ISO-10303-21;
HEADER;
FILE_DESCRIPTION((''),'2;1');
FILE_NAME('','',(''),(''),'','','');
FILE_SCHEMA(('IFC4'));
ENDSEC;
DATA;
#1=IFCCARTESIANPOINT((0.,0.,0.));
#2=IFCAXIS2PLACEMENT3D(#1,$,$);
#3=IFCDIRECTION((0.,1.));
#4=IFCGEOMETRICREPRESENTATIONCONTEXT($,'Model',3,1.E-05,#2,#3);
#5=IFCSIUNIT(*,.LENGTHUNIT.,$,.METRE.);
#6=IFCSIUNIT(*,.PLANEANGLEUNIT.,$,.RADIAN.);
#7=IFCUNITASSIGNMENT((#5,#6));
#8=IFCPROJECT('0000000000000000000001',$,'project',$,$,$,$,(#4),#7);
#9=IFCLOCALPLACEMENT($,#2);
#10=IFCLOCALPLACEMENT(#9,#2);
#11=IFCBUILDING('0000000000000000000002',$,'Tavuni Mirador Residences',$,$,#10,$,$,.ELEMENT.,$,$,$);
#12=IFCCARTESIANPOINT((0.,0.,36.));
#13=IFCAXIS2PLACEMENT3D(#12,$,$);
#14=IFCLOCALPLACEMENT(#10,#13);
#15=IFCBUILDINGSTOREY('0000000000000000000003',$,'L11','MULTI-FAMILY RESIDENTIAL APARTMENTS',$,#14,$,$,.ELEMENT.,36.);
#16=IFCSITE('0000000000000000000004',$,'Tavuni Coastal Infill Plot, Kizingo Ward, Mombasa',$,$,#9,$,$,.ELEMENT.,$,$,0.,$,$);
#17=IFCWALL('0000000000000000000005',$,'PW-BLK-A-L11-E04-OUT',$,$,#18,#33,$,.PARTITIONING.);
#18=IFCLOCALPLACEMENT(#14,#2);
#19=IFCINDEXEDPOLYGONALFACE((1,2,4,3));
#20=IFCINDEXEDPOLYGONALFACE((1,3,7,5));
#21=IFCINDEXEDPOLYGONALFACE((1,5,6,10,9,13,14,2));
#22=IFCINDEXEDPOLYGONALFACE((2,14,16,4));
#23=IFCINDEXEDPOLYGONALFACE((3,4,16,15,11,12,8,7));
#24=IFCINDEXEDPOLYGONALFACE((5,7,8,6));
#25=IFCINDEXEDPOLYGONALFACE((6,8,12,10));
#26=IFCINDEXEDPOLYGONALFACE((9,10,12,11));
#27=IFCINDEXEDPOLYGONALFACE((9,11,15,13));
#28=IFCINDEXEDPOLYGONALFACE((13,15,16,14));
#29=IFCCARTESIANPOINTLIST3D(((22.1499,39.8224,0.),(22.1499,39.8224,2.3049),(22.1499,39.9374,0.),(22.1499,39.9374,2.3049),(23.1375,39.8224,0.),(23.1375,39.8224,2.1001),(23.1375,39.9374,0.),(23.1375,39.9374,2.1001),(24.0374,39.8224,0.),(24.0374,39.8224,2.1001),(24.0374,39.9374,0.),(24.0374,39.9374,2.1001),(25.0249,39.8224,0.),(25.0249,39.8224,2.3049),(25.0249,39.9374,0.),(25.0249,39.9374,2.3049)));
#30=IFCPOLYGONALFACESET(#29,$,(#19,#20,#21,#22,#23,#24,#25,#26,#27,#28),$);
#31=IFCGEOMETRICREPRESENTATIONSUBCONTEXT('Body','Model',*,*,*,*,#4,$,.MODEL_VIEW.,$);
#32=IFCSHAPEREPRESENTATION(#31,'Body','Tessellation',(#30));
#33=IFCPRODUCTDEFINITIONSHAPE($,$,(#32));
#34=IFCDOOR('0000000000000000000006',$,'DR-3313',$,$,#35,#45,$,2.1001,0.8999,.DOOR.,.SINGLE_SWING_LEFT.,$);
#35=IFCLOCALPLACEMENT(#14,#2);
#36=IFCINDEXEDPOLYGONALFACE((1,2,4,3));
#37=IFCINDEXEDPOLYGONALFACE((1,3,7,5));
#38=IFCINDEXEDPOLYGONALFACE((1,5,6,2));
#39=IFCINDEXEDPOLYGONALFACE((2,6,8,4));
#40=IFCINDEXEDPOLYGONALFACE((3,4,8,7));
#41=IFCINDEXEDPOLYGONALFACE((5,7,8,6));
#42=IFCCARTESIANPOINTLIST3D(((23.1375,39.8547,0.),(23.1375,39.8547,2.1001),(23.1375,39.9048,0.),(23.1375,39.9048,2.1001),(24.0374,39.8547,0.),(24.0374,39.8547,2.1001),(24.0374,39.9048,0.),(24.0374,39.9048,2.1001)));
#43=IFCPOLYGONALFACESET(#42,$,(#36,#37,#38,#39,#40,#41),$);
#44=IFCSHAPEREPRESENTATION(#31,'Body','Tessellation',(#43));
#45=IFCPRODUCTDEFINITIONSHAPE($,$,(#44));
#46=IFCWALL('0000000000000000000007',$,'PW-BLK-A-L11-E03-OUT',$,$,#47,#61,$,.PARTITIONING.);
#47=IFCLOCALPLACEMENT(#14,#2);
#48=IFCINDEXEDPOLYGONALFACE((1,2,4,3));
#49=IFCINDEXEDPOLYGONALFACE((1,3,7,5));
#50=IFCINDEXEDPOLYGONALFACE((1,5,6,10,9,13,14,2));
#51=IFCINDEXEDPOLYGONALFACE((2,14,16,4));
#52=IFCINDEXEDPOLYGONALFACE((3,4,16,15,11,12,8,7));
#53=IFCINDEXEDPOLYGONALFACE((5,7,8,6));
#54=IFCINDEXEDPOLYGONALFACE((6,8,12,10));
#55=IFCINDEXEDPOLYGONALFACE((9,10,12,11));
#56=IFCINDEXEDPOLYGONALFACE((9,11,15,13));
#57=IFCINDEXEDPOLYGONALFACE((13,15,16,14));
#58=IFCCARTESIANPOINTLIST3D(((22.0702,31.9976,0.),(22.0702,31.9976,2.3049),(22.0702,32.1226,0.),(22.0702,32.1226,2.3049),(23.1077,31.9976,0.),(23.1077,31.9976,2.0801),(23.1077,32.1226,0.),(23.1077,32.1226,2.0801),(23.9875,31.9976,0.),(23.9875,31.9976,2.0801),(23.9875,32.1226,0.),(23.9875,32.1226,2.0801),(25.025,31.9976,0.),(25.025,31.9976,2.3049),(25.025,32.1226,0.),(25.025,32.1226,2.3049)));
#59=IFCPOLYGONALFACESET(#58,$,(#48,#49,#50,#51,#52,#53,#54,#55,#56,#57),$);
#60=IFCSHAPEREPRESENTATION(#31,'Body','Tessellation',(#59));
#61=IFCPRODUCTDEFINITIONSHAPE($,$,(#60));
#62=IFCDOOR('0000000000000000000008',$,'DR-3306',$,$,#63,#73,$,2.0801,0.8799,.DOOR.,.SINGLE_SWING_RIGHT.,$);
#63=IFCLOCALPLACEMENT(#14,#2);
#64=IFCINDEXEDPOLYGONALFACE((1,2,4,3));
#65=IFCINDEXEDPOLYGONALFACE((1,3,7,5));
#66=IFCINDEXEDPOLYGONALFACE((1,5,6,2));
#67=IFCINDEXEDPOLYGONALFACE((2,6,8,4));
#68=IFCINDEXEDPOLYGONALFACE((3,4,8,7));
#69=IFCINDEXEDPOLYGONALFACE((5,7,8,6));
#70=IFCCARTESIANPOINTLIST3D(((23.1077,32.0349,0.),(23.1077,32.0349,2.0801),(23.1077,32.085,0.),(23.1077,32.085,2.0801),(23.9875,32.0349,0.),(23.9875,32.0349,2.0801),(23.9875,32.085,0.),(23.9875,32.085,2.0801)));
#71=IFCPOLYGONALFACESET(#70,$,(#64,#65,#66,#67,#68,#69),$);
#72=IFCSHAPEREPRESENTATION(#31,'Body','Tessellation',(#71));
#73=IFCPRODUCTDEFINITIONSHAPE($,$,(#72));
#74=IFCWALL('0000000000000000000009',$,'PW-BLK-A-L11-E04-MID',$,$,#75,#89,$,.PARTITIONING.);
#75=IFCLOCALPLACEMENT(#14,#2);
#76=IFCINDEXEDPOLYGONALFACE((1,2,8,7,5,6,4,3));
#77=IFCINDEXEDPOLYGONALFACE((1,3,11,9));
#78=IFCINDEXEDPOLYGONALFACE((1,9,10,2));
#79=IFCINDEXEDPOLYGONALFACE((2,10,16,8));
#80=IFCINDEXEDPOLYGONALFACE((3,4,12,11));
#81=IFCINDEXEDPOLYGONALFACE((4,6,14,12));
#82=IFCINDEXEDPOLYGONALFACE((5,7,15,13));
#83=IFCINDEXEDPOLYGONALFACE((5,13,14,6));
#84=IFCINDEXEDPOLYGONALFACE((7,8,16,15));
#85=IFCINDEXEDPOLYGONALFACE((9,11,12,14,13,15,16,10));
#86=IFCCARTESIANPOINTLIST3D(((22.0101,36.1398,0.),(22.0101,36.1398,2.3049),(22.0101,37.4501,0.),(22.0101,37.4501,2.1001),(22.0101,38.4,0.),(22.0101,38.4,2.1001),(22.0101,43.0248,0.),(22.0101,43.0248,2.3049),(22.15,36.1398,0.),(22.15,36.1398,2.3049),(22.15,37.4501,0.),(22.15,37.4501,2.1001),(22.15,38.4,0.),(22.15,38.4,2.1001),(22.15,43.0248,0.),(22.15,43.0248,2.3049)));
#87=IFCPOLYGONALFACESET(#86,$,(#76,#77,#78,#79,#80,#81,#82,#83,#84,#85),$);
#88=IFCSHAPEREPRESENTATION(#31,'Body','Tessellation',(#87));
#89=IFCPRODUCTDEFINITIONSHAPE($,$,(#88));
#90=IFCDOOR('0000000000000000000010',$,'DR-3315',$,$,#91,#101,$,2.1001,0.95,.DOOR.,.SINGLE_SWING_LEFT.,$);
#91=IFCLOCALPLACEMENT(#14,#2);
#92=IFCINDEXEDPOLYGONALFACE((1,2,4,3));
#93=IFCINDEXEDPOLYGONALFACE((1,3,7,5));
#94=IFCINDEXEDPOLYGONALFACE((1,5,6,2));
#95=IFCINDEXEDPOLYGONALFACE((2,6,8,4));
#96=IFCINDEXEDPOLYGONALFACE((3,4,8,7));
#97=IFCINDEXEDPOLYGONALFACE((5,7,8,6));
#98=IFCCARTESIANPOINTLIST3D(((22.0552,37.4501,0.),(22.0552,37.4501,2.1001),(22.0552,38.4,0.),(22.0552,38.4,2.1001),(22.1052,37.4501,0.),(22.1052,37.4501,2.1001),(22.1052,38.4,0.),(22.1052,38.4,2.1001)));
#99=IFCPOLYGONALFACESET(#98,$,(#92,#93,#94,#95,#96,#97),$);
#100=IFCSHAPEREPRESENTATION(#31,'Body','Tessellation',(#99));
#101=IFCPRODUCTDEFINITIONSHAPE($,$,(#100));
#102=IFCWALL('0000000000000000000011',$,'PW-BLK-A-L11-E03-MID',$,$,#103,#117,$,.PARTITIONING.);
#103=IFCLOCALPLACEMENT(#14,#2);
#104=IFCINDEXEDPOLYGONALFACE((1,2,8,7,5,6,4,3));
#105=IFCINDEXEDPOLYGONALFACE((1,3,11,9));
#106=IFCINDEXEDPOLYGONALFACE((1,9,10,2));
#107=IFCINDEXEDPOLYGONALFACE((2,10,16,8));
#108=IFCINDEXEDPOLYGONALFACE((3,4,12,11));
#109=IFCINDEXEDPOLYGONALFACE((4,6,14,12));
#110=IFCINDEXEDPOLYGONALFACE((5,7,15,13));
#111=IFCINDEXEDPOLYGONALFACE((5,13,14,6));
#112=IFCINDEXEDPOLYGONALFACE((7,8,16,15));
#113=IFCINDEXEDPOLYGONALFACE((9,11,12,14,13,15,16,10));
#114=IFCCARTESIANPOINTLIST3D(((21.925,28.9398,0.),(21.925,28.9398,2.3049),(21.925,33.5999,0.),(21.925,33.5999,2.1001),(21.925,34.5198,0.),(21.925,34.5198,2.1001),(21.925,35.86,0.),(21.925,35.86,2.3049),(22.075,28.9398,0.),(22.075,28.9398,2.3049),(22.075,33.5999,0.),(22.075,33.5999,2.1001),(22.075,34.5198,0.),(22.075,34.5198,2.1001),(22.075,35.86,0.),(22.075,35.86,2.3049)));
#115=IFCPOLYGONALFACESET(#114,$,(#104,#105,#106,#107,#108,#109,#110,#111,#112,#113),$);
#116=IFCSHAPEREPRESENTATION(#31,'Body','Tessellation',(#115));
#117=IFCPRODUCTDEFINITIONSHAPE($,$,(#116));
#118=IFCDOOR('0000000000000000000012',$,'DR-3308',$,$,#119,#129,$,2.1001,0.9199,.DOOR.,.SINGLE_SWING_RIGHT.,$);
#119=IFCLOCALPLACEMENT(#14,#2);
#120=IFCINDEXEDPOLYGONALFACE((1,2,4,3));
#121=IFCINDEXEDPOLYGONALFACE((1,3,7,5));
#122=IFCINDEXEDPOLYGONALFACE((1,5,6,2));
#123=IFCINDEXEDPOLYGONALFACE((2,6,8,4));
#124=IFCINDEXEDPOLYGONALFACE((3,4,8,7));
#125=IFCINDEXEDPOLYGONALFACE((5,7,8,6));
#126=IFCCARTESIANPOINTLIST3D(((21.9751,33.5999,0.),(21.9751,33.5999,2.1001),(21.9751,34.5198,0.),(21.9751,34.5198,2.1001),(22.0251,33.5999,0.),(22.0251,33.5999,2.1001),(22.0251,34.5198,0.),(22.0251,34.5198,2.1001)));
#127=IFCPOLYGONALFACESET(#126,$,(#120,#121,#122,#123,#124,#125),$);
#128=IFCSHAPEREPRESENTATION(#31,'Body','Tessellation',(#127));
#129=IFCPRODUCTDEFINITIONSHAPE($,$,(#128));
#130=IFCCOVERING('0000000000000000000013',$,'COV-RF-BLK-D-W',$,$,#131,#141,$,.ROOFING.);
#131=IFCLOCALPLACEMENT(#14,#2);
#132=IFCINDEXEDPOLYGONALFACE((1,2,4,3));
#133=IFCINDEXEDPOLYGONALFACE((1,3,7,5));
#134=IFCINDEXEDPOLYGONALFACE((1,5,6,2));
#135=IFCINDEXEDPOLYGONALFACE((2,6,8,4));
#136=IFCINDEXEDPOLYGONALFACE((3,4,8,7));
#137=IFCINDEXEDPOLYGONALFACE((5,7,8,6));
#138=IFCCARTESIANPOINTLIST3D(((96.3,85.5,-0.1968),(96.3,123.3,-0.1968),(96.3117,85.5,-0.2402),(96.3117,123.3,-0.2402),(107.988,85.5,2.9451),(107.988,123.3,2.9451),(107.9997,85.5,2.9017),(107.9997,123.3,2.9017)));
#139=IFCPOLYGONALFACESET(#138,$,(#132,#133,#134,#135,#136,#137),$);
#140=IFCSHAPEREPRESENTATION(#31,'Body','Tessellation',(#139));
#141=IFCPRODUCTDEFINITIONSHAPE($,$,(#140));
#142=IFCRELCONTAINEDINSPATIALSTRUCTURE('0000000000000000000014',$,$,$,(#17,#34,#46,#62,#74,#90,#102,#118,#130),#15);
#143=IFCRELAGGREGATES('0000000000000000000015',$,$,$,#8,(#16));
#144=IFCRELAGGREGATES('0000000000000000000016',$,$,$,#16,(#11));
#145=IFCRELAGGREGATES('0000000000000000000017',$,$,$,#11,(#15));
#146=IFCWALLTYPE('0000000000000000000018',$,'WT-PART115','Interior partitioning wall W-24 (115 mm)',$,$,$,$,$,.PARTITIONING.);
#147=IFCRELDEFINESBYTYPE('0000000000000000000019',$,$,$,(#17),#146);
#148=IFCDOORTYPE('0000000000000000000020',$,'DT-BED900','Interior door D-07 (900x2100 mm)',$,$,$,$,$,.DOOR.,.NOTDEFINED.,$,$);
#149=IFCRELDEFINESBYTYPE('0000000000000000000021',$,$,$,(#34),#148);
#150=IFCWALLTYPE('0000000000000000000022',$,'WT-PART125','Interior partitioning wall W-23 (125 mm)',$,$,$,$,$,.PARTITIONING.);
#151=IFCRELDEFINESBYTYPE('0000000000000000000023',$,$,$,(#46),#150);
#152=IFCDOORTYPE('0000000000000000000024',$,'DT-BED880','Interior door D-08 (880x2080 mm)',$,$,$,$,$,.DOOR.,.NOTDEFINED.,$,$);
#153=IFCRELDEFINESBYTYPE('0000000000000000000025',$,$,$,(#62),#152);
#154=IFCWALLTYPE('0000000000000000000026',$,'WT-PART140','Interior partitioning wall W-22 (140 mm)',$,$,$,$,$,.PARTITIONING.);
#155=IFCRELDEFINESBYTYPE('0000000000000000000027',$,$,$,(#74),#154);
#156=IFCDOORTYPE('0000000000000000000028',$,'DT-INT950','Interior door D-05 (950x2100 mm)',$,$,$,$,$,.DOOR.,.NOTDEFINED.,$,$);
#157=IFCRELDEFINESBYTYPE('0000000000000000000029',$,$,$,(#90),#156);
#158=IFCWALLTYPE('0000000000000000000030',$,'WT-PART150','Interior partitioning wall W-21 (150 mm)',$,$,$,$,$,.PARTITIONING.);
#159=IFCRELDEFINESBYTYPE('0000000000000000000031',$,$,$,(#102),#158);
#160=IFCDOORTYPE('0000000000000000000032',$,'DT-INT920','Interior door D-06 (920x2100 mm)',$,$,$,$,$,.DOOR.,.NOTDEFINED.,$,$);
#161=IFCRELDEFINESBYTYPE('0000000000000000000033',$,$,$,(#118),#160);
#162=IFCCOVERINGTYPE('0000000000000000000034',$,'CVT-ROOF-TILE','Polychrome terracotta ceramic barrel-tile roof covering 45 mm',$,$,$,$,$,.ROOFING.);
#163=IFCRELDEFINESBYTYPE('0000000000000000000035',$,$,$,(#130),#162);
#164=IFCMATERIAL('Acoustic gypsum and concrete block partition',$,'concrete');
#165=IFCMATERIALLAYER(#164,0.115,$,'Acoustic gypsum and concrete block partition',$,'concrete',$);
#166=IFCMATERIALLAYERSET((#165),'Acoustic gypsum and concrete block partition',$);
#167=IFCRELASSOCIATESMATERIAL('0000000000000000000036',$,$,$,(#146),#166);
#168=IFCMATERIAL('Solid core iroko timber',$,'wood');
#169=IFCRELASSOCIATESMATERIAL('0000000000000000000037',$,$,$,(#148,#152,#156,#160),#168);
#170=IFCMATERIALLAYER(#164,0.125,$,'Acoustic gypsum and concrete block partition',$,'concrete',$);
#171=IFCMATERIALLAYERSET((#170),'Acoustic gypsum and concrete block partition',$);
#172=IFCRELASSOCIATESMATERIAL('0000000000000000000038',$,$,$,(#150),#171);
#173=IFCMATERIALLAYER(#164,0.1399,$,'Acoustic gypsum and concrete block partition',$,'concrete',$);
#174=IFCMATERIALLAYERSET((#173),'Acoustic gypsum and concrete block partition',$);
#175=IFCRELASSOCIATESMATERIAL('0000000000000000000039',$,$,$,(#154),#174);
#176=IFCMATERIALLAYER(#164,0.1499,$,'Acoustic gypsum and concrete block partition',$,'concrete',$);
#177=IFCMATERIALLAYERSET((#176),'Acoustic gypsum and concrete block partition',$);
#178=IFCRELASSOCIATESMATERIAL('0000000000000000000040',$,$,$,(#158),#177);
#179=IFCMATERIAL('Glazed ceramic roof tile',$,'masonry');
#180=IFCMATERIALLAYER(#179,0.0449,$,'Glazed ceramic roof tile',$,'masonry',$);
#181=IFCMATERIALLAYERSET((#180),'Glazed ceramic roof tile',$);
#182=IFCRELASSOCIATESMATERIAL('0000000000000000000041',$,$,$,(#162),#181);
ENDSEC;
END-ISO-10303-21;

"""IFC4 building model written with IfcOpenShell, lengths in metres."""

from ifc_helpers import new_model, si_unit, direction, frame, frame_2d, origin, place, context, subcontext, project, spatial, polyline, rectangle, outline, extrude, material, layer, layer_set, type_object, element, fill, save


model = new_model("IFC4")

# Units and contexts
model_context = context("Model", 3, precision=1e-05, world=origin(), true_north=direction((0.0, 1.0)))
body_context = subcontext(model_context, "Body", "Model", "MODEL_VIEW")
ifc_project = project(units=[si_unit("LENGTHUNIT", "METRE"), si_unit("PLANEANGLEUNIT", "RADIAN")], contexts=[model_context])

# Site, building, storey
site_placement = place(None, origin())
site = spatial("IfcSite", under=ifc_project, at=site_placement, Name="Tavuni Coastal Infill Plot, Kizingo Ward, Mombasa", CompositionType="ELEMENT", RefElevation=0.0)
building_placement = place(site_placement, origin())
building = spatial("IfcBuilding", under=site, at=building_placement, Name="Tavuni Mirador Residences", CompositionType="ELEMENT")
storey_placement = place(building_placement, frame((0.0, 0.0, 36.0)))
storey = spatial("IfcBuildingStorey", under=building, at=storey_placement, Name="L11", Description="MULTI-FAMILY RESIDENTIAL APARTMENTS", CompositionType="ELEMENT", Elevation=36.0)

# Walls, openings, doors
ifc_material_1 = material(Name="Acoustic gypsum and concrete block partition", Category="concrete")
ifc_material_2 = material(Name="Solid core iroko timber", Category="wood")
ifc_layer_1 = layer(ifc_material_1, 0.115, Name="Acoustic gypsum and concrete block partition", Category="concrete")
ifc_layer_set_1 = layer_set([ifc_layer_1], Name="Acoustic gypsum and concrete block partition")
wall_type_1 = type_object("IfcWallType", Name="WT-PART115", Description="Interior partitioning wall W-24 (115 mm)", PredefinedType="PARTITIONING", material=ifc_layer_set_1)
wall_1_placement = place(storey_placement, frame((22.1499, 39.8799, 0.0), z_axis=(0.0, 0.0, 1.0), x_axis=(1.0, 0.0, 0.0)))
wall_1 = element("IfcWall", 1, at=wall_1_placement, inside=storey, type_object=wall_type_1, Name="PW-BLK-A-L11-E04-OUT", PredefinedType="PARTITIONING", context=body_context, shape_type="SweptSolid", body=[
    extrude(rectangle(XDim=2.875, YDim=0.115, at=frame_2d((1.4375, 0.0))), origin(), (0.0, 0.0, 1.0), 2.3049),
])
opening_1_placement = place(wall_1_placement, frame((0.9875, 0.0, 0.0)))
opening_1 = element("IfcOpeningElement", 2, at=opening_1_placement, cuts=wall_1, PredefinedType="OPENING", context=body_context, shape_type="SweptSolid", body=[
    extrude(rectangle(XDim=0.8999, YDim=2.1001, at=frame_2d((0.45, 1.05))), frame((0.0, 0.0674, 0.0), z_axis=(0.0, -1.0, 0.0), x_axis=(1.0, 0.0, 0.0)), (0.0, 0.0, 1.0), 0.135),
])
door_type_1 = type_object("IfcDoorType", Name="DT-BED900", Description="Interior door D-07 (900x2100 mm)", OperationType="NOTDEFINED", PredefinedType="DOOR", material=ifc_material_2)
door_1_placement = place(opening_1_placement, origin())
door_1 = element("IfcDoor", 3, at=door_1_placement, inside=storey, type_object=door_type_1, Name="DR-3313", OperationType="SINGLE_SWING_LEFT", OverallHeight=2.1001, OverallWidth=0.8999, PredefinedType="DOOR", context=body_context, shape_type="SweptSolid", body=[
    extrude(rectangle(XDim=0.8999, YDim=2.1001, at=frame_2d((0.45, 1.05))), frame((0.0, 0.0249, 0.0), z_axis=(0.0, -1.0, 0.0), x_axis=(1.0, 0.0, 0.0)), (0.0, 0.0, 1.0), 0.05),
])
fill(opening_1, door_1)
ifc_layer_2 = layer(ifc_material_1, 0.125, Name="Acoustic gypsum and concrete block partition", Category="concrete")
ifc_layer_set_2 = layer_set([ifc_layer_2], Name="Acoustic gypsum and concrete block partition")
wall_type_2 = type_object("IfcWallType", Name="WT-PART125", Description="Interior partitioning wall W-23 (125 mm)", PredefinedType="PARTITIONING", material=ifc_layer_set_2)
wall_2_placement = place(storey_placement, frame((22.0701, 32.0601, 0.0), z_axis=(0.0, 0.0, 1.0), x_axis=(1.0, 0.0, 0.0)))
wall_2 = element("IfcWall", 4, at=wall_2_placement, inside=storey, type_object=wall_type_2, Name="PW-BLK-A-L11-E03-OUT", PredefinedType="PARTITIONING", context=body_context, shape_type="SweptSolid", body=[
    extrude(rectangle(XDim=2.9548, YDim=0.125, at=frame_2d((1.4775, 0.0))), origin(), (0.0, 0.0, 1.0), 2.3049),
])
opening_2_placement = place(wall_2_placement, frame((1.0376, 0.0, 0.0)))
opening_2 = element("IfcOpeningElement", 5, at=opening_2_placement, cuts=wall_2, PredefinedType="OPENING", context=body_context, shape_type="SweptSolid", body=[
    extrude(rectangle(XDim=0.8799, YDim=2.0801, at=frame_2d((0.4399, 1.04))), frame((0.0, 0.0725, 0.0), z_axis=(0.0, -1.0, 0.0), x_axis=(1.0, 0.0, 0.0)), (0.0, 0.0, 1.0), 0.145),
])
door_type_2 = type_object("IfcDoorType", Name="DT-BED880", Description="Interior door D-08 (880x2080 mm)", OperationType="NOTDEFINED", PredefinedType="DOOR", material=ifc_material_2)
door_2_placement = place(opening_2_placement, origin())
door_2 = element("IfcDoor", 6, at=door_2_placement, inside=storey, type_object=door_type_2, Name="DR-3306", OperationType="SINGLE_SWING_RIGHT", OverallHeight=2.0801, OverallWidth=0.8799, PredefinedType="DOOR", context=body_context, shape_type="SweptSolid", body=[
    extrude(rectangle(XDim=0.8799, YDim=2.0801, at=frame_2d((0.4399, 1.04))), frame((0.0, 0.0249, 0.0), z_axis=(0.0, -1.0, 0.0), x_axis=(1.0, 0.0, 0.0)), (0.0, 0.0, 1.0), 0.05),
])
fill(opening_2, door_2)
ifc_layer_3 = layer(ifc_material_1, 0.1399, Name="Acoustic gypsum and concrete block partition", Category="concrete")
ifc_layer_set_3 = layer_set([ifc_layer_3], Name="Acoustic gypsum and concrete block partition")
wall_type_3 = type_object("IfcWallType", Name="WT-PART140", Description="Interior partitioning wall W-22 (140 mm)", PredefinedType="PARTITIONING", material=ifc_layer_set_3)
wall_3_placement = place(storey_placement, frame((22.0801, 36.1399, 0.0), z_axis=(0.0, 0.0, 1.0), x_axis=(0.0, 1.0, 0.0)))
wall_3 = element("IfcWall", 7, at=wall_3_placement, inside=storey, type_object=wall_type_3, Name="PW-BLK-A-L11-E04-MID", PredefinedType="PARTITIONING", context=body_context, shape_type="SweptSolid", body=[
    extrude(rectangle(XDim=6.885, YDim=0.1399, at=frame_2d((3.4424, 0.0))), origin(), (0.0, 0.0, 1.0), 2.3049),
])
opening_3_placement = place(wall_3_placement, frame((1.3101, 0.0, 0.0)))
opening_3 = element("IfcOpeningElement", 8, at=opening_3_placement, cuts=wall_3, PredefinedType="OPENING", context=body_context, shape_type="SweptSolid", body=[
    extrude(rectangle(XDim=0.95, YDim=2.1001, at=frame_2d((0.4751, 1.05))), frame((0.0, 0.0801, 0.0), z_axis=(0.0, -1.0, 0.0), x_axis=(1.0, 0.0, 0.0)), (0.0, 0.0, 1.0), 0.1599),
])
door_type_3 = type_object("IfcDoorType", Name="DT-INT950", Description="Interior door D-05 (950x2100 mm)", OperationType="NOTDEFINED", PredefinedType="DOOR", material=ifc_material_2)
door_3_placement = place(opening_3_placement, origin())
door_3 = element("IfcDoor", 9, at=door_3_placement, inside=storey, type_object=door_type_3, Name="DR-3315", OperationType="SINGLE_SWING_LEFT", OverallHeight=2.1001, OverallWidth=0.95, PredefinedType="DOOR", context=body_context, shape_type="SweptSolid", body=[
    extrude(rectangle(XDim=0.95, YDim=2.1001, at=frame_2d((0.4751, 1.05))), frame((0.0, 0.0249, 0.0), z_axis=(0.0, -1.0, 0.0), x_axis=(1.0, 0.0, 0.0)), (0.0, 0.0, 1.0), 0.05),
])
fill(opening_3, door_3)
ifc_layer_4 = layer(ifc_material_1, 0.1499, Name="Acoustic gypsum and concrete block partition", Category="concrete")
ifc_layer_set_4 = layer_set([ifc_layer_4], Name="Acoustic gypsum and concrete block partition")
wall_type_4 = type_object("IfcWallType", Name="WT-PART150", Description="Interior partitioning wall W-21 (150 mm)", PredefinedType="PARTITIONING", material=ifc_layer_set_4)
wall_4_placement = place(storey_placement, frame((22.0, 28.9399, 0.0), z_axis=(0.0, 0.0, 1.0), x_axis=(0.0, 1.0, 0.0)))
wall_4 = element("IfcWall", 10, at=wall_4_placement, inside=storey, type_object=wall_type_4, Name="PW-BLK-A-L11-E03-MID", PredefinedType="PARTITIONING", context=body_context, shape_type="SweptSolid", body=[
    extrude(rectangle(XDim=6.9202, YDim=0.1499, at=frame_2d((3.46, 0.0))), origin(), (0.0, 0.0, 1.0), 2.3049),
])
opening_4_placement = place(wall_4_placement, frame((4.6599, 0.0, 0.0)))
opening_4 = element("IfcOpeningElement", 11, at=opening_4_placement, cuts=wall_4, PredefinedType="OPENING", context=body_context, shape_type="SweptSolid", body=[
    extrude(rectangle(XDim=0.9199, YDim=2.1001, at=frame_2d((0.46, 1.05))), frame((0.0, 0.085, 0.0), z_axis=(0.0, -1.0, 0.0), x_axis=(1.0, 0.0, 0.0)), (0.0, 0.0, 1.0), 0.1699),
])
door_type_4 = type_object("IfcDoorType", Name="DT-INT920", Description="Interior door D-06 (920x2100 mm)", OperationType="NOTDEFINED", PredefinedType="DOOR", material=ifc_material_2)
door_4_placement = place(opening_4_placement, origin())
door_4 = element("IfcDoor", 12, at=door_4_placement, inside=storey, type_object=door_type_4, Name="DR-3308", OperationType="SINGLE_SWING_RIGHT", OverallHeight=2.1001, OverallWidth=0.9199, PredefinedType="DOOR", context=body_context, shape_type="SweptSolid", body=[
    extrude(rectangle(XDim=0.9199, YDim=2.1001, at=frame_2d((0.46, 1.05))), frame((0.0, 0.0249, 0.0), z_axis=(0.0, -1.0, 0.0), x_axis=(1.0, 0.0, 0.0)), (0.0, 0.0, 1.0), 0.05),
])
fill(opening_4, door_4)

# Covering
ifc_material_3 = material(Name="Glazed ceramic roof tile", Category="masonry")
ifc_layer_5 = layer(ifc_material_3, 0.0449, Name="Glazed ceramic roof tile", Category="masonry")
ifc_layer_set_5 = layer_set([ifc_layer_5], Name="Glazed ceramic roof tile")
covering_type = type_object("IfcCoveringType", Name="CVT-ROOF-TILE", Description="Polychrome terracotta ceramic barrel-tile roof covering 45 mm", PredefinedType="ROOFING", material=ifc_layer_set_5)
covering_placement = place(storey_placement, frame((96.3, 85.5, -0.1968), z_axis=(-0.259594, 0.0, 0.965718), x_axis=(0.965718, 0.0, 0.259594)))
element("IfcCovering", 13, at=covering_placement, inside=storey, type_object=covering_type, Name="COV-RF-BLK-D-W", PredefinedType="ROOFING", context=body_context, shape_type="SweptSolid", body=[
    extrude(outline(polyline([(0.0, 0.0), (12.1029, 0.0), (12.1029, 37.8), (0.0, 37.8), (0.0, 0.0)])), origin(), (0.0, 0.0, -1.0), 0.0449),
])

save(model, "model.ifc")
